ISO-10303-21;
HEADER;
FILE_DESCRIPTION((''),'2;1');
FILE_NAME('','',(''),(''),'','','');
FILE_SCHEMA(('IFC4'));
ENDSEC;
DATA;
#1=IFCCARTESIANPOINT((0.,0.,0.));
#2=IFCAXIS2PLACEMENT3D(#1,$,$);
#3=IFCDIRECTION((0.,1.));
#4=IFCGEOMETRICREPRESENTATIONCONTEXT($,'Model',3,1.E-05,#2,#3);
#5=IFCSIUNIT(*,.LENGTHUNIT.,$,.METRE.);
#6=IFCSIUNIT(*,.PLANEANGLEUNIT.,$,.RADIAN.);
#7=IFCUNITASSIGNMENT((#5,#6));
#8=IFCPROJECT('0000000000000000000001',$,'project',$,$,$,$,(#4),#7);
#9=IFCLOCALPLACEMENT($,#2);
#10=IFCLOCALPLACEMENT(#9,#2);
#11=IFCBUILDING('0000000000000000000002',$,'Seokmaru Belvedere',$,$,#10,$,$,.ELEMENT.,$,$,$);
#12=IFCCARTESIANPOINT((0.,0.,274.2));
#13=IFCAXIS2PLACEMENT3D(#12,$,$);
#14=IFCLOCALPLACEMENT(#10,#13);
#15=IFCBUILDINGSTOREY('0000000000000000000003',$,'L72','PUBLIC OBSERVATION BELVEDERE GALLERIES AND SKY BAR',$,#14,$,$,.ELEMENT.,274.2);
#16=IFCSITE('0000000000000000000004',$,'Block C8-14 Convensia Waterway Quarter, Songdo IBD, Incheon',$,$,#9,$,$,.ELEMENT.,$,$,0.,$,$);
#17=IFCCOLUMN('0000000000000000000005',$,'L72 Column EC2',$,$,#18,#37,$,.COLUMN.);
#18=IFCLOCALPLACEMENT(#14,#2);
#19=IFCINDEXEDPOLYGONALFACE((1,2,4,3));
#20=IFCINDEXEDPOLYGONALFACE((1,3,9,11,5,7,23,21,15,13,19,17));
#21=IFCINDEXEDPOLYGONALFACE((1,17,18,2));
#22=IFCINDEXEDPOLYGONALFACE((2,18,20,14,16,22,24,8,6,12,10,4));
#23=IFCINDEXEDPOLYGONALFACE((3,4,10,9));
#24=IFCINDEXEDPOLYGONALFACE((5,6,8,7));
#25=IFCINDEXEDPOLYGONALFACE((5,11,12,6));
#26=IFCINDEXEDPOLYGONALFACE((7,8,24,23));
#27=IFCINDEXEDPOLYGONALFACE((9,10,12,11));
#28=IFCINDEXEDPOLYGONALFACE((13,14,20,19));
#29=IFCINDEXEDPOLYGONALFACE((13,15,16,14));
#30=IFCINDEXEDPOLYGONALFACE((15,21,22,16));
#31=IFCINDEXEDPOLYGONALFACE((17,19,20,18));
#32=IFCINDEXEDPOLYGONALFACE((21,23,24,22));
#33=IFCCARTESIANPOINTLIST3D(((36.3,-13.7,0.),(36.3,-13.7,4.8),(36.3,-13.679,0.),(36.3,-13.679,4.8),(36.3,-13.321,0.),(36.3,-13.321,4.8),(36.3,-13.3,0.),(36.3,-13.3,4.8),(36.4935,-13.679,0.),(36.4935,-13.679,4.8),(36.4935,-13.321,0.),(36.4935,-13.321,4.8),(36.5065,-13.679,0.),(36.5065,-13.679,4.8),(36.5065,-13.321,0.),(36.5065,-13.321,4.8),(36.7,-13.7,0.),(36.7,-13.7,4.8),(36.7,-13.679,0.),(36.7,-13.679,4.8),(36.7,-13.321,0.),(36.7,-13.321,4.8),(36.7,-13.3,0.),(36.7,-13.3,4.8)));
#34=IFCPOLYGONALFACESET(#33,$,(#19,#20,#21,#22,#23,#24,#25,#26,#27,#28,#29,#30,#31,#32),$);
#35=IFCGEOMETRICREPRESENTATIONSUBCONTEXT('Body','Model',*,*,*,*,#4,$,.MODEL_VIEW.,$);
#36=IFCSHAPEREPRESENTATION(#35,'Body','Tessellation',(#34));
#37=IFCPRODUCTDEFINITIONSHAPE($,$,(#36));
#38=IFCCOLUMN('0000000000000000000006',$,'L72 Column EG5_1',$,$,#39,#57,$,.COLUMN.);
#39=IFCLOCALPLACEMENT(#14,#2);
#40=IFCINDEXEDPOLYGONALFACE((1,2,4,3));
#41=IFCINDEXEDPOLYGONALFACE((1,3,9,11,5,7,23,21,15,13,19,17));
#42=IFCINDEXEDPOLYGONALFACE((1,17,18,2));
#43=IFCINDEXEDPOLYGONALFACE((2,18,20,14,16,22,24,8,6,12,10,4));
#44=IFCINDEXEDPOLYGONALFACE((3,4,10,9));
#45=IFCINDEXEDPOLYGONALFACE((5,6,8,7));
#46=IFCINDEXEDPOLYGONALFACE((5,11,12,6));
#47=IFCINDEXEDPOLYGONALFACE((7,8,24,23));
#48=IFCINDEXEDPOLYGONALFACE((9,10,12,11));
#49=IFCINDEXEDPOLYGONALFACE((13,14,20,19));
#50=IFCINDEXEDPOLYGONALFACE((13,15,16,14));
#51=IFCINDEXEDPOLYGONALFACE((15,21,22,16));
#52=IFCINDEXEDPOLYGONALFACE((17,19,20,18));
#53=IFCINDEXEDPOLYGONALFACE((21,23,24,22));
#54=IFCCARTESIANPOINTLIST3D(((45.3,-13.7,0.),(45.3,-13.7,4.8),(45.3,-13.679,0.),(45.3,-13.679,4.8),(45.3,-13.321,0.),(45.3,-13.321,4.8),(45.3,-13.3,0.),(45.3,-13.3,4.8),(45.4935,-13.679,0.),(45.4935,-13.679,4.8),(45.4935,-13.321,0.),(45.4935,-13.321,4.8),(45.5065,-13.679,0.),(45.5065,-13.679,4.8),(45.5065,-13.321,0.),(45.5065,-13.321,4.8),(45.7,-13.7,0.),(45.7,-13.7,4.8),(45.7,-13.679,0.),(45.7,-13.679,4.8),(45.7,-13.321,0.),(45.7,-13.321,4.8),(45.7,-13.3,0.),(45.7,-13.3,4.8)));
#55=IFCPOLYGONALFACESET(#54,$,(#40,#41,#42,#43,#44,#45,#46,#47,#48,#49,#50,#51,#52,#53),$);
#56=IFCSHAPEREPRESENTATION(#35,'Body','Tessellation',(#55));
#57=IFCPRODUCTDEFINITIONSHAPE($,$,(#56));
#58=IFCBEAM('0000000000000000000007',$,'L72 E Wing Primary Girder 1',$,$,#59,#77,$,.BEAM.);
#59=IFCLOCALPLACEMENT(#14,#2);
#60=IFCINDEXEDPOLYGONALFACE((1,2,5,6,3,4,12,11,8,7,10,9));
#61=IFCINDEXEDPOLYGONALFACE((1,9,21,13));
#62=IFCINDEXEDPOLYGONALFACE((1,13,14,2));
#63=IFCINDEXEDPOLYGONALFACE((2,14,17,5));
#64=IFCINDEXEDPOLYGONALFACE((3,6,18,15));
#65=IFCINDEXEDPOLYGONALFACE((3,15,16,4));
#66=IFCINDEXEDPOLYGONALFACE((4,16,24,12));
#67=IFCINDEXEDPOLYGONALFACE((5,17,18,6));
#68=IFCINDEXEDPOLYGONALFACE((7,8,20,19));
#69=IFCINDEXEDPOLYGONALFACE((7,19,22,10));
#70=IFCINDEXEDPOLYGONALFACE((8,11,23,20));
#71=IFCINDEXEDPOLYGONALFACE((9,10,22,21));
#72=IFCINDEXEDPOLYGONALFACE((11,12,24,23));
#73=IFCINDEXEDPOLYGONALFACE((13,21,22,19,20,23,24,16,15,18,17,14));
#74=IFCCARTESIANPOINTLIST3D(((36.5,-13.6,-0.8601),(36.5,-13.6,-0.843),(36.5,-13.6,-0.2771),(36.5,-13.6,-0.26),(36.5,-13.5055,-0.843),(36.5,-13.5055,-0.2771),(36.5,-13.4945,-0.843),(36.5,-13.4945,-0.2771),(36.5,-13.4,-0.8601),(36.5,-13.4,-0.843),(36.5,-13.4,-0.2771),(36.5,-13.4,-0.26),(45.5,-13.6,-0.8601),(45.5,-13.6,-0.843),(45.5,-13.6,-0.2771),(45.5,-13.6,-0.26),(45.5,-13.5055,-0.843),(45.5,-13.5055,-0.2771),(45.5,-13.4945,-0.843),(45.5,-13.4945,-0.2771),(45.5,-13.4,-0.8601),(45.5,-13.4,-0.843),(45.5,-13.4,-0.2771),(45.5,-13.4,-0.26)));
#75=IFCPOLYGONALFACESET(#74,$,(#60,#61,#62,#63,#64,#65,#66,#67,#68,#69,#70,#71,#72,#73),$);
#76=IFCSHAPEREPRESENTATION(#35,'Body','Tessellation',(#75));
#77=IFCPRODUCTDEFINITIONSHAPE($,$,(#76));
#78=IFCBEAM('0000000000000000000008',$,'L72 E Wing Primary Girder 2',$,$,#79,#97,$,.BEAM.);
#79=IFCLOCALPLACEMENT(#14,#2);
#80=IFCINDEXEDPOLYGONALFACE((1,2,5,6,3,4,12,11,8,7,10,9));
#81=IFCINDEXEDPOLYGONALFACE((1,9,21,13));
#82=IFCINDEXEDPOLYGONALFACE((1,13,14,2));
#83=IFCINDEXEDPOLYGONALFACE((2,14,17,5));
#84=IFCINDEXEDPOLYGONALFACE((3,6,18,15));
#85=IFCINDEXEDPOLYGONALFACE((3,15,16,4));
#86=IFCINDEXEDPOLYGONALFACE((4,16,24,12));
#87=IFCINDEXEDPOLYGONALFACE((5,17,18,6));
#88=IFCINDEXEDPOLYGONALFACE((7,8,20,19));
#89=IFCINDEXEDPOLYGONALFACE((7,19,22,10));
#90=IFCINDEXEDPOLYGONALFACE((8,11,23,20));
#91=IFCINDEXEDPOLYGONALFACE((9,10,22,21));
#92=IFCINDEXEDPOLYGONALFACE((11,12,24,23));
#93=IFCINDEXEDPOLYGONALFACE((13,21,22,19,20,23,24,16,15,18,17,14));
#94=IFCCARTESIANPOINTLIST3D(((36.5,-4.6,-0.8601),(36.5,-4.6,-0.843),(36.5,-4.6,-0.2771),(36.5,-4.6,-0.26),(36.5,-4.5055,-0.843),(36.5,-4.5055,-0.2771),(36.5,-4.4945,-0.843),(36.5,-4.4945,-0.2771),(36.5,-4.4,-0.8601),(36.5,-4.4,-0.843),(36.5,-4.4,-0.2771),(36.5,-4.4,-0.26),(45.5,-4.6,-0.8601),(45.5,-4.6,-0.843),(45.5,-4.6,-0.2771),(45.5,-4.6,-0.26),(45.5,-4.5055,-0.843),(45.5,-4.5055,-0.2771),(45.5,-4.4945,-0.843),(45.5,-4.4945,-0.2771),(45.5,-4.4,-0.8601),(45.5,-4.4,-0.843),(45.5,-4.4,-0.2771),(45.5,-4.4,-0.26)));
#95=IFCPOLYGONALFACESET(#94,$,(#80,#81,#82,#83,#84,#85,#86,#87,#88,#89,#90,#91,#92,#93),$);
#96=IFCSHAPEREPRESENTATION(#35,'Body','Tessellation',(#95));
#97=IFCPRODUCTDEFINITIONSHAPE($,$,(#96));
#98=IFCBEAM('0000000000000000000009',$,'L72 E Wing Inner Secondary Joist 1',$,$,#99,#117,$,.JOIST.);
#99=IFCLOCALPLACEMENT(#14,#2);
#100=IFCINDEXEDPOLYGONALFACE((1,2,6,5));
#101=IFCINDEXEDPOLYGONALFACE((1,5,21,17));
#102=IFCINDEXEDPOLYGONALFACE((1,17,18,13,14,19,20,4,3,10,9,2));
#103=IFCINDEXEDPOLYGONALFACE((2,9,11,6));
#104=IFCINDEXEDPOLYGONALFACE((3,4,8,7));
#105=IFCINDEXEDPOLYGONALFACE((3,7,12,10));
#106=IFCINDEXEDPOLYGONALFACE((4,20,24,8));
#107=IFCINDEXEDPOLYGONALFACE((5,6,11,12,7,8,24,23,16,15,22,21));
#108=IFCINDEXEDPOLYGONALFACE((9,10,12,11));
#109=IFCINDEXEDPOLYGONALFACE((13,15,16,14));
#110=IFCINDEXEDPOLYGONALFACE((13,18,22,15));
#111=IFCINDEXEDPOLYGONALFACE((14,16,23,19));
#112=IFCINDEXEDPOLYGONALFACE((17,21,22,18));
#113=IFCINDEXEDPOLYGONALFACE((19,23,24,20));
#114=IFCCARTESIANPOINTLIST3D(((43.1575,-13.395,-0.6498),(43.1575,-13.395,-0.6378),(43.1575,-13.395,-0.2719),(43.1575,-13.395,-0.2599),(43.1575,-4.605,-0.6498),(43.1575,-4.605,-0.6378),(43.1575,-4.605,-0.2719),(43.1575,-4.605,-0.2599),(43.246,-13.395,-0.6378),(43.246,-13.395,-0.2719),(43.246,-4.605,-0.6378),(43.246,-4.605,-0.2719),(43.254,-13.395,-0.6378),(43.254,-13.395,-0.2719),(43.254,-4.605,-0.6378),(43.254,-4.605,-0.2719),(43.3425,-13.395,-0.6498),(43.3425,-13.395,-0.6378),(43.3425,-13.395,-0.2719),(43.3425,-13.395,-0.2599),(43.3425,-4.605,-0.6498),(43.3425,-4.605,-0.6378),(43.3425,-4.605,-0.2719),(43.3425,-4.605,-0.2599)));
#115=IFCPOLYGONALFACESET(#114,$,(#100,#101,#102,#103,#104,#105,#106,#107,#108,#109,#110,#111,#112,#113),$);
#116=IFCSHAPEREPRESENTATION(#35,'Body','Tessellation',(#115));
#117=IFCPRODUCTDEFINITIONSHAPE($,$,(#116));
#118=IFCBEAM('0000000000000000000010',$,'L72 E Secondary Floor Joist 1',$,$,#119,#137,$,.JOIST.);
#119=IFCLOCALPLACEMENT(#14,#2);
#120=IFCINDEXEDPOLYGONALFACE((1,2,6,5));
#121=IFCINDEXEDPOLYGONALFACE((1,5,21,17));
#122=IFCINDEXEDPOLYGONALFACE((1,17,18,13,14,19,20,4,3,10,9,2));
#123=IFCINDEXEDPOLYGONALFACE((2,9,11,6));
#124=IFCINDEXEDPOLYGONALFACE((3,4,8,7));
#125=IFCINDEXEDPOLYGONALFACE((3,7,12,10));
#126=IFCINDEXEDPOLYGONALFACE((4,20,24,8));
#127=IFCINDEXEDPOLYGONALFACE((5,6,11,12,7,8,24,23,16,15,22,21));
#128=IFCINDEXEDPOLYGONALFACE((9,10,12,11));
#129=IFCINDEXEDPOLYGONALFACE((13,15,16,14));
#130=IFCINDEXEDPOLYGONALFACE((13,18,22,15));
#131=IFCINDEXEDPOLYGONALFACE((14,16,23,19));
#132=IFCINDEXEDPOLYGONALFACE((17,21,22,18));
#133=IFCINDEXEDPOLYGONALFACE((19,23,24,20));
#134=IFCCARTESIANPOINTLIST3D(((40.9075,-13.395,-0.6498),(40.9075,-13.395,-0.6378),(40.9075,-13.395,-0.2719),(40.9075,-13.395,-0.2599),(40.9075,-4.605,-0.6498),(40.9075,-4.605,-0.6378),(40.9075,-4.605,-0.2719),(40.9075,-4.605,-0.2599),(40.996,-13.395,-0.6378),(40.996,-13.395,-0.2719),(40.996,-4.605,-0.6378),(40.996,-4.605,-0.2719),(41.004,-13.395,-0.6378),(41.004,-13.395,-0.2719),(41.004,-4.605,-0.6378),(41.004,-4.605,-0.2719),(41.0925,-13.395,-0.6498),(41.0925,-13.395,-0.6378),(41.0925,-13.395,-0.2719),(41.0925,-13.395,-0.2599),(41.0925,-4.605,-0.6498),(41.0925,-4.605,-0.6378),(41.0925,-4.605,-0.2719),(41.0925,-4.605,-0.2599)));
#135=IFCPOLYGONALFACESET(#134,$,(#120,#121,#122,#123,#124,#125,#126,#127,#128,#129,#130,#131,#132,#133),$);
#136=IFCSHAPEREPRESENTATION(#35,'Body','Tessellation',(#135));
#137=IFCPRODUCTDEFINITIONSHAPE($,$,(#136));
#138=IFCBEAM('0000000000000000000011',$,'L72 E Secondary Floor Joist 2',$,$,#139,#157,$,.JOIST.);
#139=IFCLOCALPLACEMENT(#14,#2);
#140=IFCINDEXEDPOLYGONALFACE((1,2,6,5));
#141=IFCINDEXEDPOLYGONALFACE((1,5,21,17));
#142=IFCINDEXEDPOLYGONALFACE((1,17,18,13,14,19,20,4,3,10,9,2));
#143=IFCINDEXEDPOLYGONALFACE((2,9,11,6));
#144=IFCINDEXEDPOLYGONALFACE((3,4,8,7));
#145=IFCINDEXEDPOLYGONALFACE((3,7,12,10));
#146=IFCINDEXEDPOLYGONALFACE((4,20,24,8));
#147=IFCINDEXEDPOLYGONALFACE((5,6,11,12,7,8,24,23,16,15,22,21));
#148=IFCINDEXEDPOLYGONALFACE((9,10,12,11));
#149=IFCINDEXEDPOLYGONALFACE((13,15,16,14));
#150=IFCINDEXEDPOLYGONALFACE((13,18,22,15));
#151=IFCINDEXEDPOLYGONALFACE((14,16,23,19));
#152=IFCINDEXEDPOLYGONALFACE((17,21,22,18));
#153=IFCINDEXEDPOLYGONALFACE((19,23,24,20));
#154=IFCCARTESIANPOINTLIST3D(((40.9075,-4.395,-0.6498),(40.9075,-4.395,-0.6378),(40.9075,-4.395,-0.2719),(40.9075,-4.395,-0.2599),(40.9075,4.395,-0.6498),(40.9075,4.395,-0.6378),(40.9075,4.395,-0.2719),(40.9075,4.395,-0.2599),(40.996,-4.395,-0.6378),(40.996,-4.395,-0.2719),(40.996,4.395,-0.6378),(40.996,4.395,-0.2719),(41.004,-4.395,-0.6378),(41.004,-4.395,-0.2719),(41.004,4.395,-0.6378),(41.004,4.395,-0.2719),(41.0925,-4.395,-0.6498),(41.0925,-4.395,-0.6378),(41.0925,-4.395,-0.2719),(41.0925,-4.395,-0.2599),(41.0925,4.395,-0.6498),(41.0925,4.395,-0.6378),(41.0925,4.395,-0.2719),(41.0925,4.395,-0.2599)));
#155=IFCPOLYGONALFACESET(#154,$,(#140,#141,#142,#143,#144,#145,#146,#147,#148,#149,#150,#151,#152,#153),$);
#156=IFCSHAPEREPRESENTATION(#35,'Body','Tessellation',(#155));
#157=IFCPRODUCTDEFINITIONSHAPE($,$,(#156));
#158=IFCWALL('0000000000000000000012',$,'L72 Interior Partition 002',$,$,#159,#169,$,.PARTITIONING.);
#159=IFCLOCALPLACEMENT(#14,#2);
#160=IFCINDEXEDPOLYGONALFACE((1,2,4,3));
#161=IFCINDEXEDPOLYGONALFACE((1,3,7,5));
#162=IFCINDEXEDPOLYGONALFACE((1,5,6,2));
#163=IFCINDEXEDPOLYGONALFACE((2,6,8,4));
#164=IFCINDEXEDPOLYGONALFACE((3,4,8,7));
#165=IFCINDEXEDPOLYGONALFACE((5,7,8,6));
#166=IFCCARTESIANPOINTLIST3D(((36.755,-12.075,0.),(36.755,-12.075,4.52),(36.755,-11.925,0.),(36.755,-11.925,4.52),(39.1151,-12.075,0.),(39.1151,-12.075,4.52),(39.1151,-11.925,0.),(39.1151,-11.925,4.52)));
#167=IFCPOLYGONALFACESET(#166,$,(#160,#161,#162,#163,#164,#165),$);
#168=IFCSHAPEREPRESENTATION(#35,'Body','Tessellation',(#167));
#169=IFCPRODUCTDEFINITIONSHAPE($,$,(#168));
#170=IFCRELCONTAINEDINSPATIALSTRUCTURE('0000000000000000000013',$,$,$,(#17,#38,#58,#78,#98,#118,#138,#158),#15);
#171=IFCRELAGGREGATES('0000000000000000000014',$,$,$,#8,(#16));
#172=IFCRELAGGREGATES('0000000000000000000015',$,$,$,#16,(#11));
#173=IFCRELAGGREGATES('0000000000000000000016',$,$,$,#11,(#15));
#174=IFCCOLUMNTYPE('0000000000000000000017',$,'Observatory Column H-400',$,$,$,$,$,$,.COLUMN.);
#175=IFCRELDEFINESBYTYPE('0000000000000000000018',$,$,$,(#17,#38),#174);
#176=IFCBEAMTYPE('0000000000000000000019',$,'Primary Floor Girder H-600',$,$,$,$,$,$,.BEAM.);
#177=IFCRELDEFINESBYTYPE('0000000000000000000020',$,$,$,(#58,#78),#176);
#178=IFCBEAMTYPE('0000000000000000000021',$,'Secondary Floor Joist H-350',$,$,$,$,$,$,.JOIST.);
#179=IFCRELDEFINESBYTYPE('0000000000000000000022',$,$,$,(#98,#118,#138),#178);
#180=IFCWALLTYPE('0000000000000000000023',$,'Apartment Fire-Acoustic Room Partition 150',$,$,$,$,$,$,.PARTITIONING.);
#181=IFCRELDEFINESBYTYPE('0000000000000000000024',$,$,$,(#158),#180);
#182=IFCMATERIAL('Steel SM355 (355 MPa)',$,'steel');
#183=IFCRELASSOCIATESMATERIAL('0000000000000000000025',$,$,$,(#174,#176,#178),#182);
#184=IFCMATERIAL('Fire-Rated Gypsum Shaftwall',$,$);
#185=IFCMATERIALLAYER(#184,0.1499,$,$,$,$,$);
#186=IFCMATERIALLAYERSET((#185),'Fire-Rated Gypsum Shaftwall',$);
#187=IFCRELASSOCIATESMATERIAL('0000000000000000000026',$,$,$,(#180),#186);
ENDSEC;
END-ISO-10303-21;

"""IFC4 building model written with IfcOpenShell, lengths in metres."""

from ifc_helpers import new_model, si_unit, direction, frame, frame_2d, origin, origin_2d, place, context, subcontext, project, spatial, rectangle, i_section, extrude, source, transform, mapped, material, layer, layer_set, material_profile, profile_set, type_object, type_shapes, element, save


model = new_model("IFC4")

# Units and contexts
model_context = context("Model", 3, precision=1e-05, world=origin(), true_north=direction((0.0, 1.0)))
body_context = subcontext(model_context, "Body", "Model", "MODEL_VIEW")
ifc_project = project(units=[si_unit("LENGTHUNIT", "METRE"), si_unit("PLANEANGLEUNIT", "RADIAN")], contexts=[model_context])

# Site, building, storey
site_placement = place(None, origin())
site = spatial("IfcSite", under=ifc_project, at=site_placement, Name="Block C8-14 Convensia Waterway Quarter, Songdo IBD, Incheon", CompositionType="ELEMENT", RefElevation=0.0)
building_placement = place(site_placement, origin())
building = spatial("IfcBuilding", under=site, at=building_placement, Name="Seokmaru Belvedere", CompositionType="ELEMENT")
storey_placement = place(building_placement, frame((0.0, 0.0, 274.2)))
storey = spatial("IfcBuildingStorey", under=building, at=storey_placement, Name="L72", Description="PUBLIC OBSERVATION BELVEDERE GALLERIES AND SKY BAR", CompositionType="ELEMENT", Elevation=274.2)

# Columns
ifc_material_1 = material(Name="Steel SM355 (355 MPa)", Category="steel")
ifc_material_profile_1 = material_profile(ifc_material_1, i_section(OverallWidth=0.3999, OverallDepth=0.3999, WebThickness=0.0129, FlangeThickness=0.021, at=origin_2d()), Name="H-400x400x13x21")
ifc_profile_set_1 = profile_set([ifc_material_profile_1], Name="Steel SM355 (355 MPa)")
column_type = type_object("IfcColumnType", Name="Observatory Column H-400", PredefinedType="COLUMN", material=ifc_profile_set_1)
shared_shape_1 = source(origin(), body_context, "Body", "SweptSolid", [
    extrude(i_section(OverallWidth=0.3999, OverallDepth=0.3999, WebThickness=0.0129, FlangeThickness=0.021, at=origin_2d()), origin(), (0.0, 0.0, 1.0), 4.8),
])
type_shapes(column_type, [shared_shape_1])
for number, where, z_axis, x_axis, name in (
    (1, (36.5, -13.5, 0.0), (0.0, 0.0, 1.0), (1.0, 0.0, 0.0), "L72 Column EC2"),
    (2, (45.5, -13.5, 0.0), (0.0, 0.0, 1.0), (1.0, 0.0, 0.0), "L72 Column EG5_1"),
):
    element("IfcColumn", number, at=place(storey_placement, frame(where, z_axis=z_axis, x_axis=x_axis)), inside=storey, type_object=column_type, Name=name, PredefinedType="COLUMN", context=body_context, shape_type="MappedRepresentation", body=[
        mapped(shared_shape_1, transform((0.0, 0.0, 0.0), scale=1.0)),
    ])

# Beams
ifc_material_profile_2 = material_profile(ifc_material_1, i_section(OverallWidth=0.2, OverallDepth=0.6001, WebThickness=0.011, FlangeThickness=0.0171, at=origin_2d()), Name="H-600x200x11x17")
ifc_profile_set_2 = profile_set([ifc_material_profile_2], Name="Steel SM355 (355 MPa)")
beam_type_1 = type_object("IfcBeamType", Name="Primary Floor Girder H-600", PredefinedType="BEAM", material=ifc_profile_set_2)
shared_shape_2 = source(origin(), body_context, "Body", "SweptSolid", [
    extrude(i_section(OverallWidth=0.2, OverallDepth=0.6001, WebThickness=0.011, FlangeThickness=0.0171, at=origin_2d()), origin(), (0.0, 0.0, 1.0), 9.0),
])
type_shapes(beam_type_1, [shared_shape_2])
for number, where, z_axis, x_axis, name in (
    (3, (36.5, -13.5, -0.5601), (1.0, 0.0, 0.0), (0.0, 1.0, 0.0), "L72 E Wing Primary Girder 1"),
    (4, (36.5, -4.5, -0.5601), (1.0, 0.0, 0.0), (0.0, 1.0, 0.0), "L72 E Wing Primary Girder 2"),
):
    element("IfcBeam", number, at=place(storey_placement, frame(where, z_axis=z_axis, x_axis=x_axis)), inside=storey, type_object=beam_type_1, Name=name, PredefinedType="BEAM", context=body_context, shape_type="MappedRepresentation", body=[
        mapped(shared_shape_2, transform((0.0, 0.0, 0.0), scale=1.0)),
    ])
ifc_material_profile_3 = material_profile(ifc_material_1, i_section(OverallWidth=0.1851, OverallDepth=0.3899, WebThickness=0.0081, FlangeThickness=0.012, at=origin_2d()), Name="H-390x185x8x12")
ifc_profile_set_3 = profile_set([ifc_material_profile_3], Name="Steel SM355 (355 MPa)")
beam_type_2 = type_object("IfcBeamType", Name="Secondary Floor Joist H-350", PredefinedType="JOIST", material=ifc_profile_set_3)
shared_shape_3 = source(origin(), body_context, "Body", "SweptSolid", [
    extrude(i_section(OverallWidth=0.1851, OverallDepth=0.3899, WebThickness=0.0081, FlangeThickness=0.012, at=origin_2d()), origin(), (0.0, 0.0, 1.0), 8.79),
])
type_shapes(beam_type_2, [shared_shape_3])
for number, where, z_axis, x_axis, name in (
    (5, (43.25, -13.395, -0.4548), (0.0, 1.0, 0.0), (-1.0, 0.0, 0.0), "L72 E Wing Inner Secondary Joist 1"),
    (6, (41.0, -13.395, -0.4548), (0.0, 1.0, 0.0), (-1.0, 0.0, 0.0), "L72 E Secondary Floor Joist 1"),
    (7, (41.0, -4.395, -0.4548), (0.0, 1.0, 0.0), (-1.0, 0.0, 0.0), "L72 E Secondary Floor Joist 2"),
):
    element("IfcBeam", number, at=place(storey_placement, frame(where, z_axis=z_axis, x_axis=x_axis)), inside=storey, type_object=beam_type_2, Name=name, PredefinedType="JOIST", context=body_context, shape_type="MappedRepresentation", body=[
        mapped(shared_shape_3, transform((0.0, 0.0, 0.0), scale=1.0)),
    ])

# Wall
ifc_material_2 = material(Name="Fire-Rated Gypsum Shaftwall")
ifc_layer_1 = layer(ifc_material_2, 0.1499)
ifc_layer_set_1 = layer_set([ifc_layer_1], Name="Fire-Rated Gypsum Shaftwall")
wall_type_1 = type_object("IfcWallType", Name="Apartment Fire-Acoustic Room Partition 150", PredefinedType="PARTITIONING", material=ifc_layer_set_1)
wall_1_placement = place(storey_placement, frame((36.7549, -12.0, 0.0), z_axis=(0.0, 0.0, 1.0), x_axis=(1.0, 0.0, 0.0)))
element("IfcWall", 8, at=wall_1_placement, inside=storey, type_object=wall_type_1, Name="L72 Interior Partition 002", PredefinedType="PARTITIONING", context=body_context, shape_type="SweptSolid", body=[
    extrude(rectangle(XDim=2.3601, YDim=0.1499, at=frame_2d((1.1802, 0.0))), origin(), (0.0, 0.0, 1.0), 4.52),
])

save(model, "model.ifc")
